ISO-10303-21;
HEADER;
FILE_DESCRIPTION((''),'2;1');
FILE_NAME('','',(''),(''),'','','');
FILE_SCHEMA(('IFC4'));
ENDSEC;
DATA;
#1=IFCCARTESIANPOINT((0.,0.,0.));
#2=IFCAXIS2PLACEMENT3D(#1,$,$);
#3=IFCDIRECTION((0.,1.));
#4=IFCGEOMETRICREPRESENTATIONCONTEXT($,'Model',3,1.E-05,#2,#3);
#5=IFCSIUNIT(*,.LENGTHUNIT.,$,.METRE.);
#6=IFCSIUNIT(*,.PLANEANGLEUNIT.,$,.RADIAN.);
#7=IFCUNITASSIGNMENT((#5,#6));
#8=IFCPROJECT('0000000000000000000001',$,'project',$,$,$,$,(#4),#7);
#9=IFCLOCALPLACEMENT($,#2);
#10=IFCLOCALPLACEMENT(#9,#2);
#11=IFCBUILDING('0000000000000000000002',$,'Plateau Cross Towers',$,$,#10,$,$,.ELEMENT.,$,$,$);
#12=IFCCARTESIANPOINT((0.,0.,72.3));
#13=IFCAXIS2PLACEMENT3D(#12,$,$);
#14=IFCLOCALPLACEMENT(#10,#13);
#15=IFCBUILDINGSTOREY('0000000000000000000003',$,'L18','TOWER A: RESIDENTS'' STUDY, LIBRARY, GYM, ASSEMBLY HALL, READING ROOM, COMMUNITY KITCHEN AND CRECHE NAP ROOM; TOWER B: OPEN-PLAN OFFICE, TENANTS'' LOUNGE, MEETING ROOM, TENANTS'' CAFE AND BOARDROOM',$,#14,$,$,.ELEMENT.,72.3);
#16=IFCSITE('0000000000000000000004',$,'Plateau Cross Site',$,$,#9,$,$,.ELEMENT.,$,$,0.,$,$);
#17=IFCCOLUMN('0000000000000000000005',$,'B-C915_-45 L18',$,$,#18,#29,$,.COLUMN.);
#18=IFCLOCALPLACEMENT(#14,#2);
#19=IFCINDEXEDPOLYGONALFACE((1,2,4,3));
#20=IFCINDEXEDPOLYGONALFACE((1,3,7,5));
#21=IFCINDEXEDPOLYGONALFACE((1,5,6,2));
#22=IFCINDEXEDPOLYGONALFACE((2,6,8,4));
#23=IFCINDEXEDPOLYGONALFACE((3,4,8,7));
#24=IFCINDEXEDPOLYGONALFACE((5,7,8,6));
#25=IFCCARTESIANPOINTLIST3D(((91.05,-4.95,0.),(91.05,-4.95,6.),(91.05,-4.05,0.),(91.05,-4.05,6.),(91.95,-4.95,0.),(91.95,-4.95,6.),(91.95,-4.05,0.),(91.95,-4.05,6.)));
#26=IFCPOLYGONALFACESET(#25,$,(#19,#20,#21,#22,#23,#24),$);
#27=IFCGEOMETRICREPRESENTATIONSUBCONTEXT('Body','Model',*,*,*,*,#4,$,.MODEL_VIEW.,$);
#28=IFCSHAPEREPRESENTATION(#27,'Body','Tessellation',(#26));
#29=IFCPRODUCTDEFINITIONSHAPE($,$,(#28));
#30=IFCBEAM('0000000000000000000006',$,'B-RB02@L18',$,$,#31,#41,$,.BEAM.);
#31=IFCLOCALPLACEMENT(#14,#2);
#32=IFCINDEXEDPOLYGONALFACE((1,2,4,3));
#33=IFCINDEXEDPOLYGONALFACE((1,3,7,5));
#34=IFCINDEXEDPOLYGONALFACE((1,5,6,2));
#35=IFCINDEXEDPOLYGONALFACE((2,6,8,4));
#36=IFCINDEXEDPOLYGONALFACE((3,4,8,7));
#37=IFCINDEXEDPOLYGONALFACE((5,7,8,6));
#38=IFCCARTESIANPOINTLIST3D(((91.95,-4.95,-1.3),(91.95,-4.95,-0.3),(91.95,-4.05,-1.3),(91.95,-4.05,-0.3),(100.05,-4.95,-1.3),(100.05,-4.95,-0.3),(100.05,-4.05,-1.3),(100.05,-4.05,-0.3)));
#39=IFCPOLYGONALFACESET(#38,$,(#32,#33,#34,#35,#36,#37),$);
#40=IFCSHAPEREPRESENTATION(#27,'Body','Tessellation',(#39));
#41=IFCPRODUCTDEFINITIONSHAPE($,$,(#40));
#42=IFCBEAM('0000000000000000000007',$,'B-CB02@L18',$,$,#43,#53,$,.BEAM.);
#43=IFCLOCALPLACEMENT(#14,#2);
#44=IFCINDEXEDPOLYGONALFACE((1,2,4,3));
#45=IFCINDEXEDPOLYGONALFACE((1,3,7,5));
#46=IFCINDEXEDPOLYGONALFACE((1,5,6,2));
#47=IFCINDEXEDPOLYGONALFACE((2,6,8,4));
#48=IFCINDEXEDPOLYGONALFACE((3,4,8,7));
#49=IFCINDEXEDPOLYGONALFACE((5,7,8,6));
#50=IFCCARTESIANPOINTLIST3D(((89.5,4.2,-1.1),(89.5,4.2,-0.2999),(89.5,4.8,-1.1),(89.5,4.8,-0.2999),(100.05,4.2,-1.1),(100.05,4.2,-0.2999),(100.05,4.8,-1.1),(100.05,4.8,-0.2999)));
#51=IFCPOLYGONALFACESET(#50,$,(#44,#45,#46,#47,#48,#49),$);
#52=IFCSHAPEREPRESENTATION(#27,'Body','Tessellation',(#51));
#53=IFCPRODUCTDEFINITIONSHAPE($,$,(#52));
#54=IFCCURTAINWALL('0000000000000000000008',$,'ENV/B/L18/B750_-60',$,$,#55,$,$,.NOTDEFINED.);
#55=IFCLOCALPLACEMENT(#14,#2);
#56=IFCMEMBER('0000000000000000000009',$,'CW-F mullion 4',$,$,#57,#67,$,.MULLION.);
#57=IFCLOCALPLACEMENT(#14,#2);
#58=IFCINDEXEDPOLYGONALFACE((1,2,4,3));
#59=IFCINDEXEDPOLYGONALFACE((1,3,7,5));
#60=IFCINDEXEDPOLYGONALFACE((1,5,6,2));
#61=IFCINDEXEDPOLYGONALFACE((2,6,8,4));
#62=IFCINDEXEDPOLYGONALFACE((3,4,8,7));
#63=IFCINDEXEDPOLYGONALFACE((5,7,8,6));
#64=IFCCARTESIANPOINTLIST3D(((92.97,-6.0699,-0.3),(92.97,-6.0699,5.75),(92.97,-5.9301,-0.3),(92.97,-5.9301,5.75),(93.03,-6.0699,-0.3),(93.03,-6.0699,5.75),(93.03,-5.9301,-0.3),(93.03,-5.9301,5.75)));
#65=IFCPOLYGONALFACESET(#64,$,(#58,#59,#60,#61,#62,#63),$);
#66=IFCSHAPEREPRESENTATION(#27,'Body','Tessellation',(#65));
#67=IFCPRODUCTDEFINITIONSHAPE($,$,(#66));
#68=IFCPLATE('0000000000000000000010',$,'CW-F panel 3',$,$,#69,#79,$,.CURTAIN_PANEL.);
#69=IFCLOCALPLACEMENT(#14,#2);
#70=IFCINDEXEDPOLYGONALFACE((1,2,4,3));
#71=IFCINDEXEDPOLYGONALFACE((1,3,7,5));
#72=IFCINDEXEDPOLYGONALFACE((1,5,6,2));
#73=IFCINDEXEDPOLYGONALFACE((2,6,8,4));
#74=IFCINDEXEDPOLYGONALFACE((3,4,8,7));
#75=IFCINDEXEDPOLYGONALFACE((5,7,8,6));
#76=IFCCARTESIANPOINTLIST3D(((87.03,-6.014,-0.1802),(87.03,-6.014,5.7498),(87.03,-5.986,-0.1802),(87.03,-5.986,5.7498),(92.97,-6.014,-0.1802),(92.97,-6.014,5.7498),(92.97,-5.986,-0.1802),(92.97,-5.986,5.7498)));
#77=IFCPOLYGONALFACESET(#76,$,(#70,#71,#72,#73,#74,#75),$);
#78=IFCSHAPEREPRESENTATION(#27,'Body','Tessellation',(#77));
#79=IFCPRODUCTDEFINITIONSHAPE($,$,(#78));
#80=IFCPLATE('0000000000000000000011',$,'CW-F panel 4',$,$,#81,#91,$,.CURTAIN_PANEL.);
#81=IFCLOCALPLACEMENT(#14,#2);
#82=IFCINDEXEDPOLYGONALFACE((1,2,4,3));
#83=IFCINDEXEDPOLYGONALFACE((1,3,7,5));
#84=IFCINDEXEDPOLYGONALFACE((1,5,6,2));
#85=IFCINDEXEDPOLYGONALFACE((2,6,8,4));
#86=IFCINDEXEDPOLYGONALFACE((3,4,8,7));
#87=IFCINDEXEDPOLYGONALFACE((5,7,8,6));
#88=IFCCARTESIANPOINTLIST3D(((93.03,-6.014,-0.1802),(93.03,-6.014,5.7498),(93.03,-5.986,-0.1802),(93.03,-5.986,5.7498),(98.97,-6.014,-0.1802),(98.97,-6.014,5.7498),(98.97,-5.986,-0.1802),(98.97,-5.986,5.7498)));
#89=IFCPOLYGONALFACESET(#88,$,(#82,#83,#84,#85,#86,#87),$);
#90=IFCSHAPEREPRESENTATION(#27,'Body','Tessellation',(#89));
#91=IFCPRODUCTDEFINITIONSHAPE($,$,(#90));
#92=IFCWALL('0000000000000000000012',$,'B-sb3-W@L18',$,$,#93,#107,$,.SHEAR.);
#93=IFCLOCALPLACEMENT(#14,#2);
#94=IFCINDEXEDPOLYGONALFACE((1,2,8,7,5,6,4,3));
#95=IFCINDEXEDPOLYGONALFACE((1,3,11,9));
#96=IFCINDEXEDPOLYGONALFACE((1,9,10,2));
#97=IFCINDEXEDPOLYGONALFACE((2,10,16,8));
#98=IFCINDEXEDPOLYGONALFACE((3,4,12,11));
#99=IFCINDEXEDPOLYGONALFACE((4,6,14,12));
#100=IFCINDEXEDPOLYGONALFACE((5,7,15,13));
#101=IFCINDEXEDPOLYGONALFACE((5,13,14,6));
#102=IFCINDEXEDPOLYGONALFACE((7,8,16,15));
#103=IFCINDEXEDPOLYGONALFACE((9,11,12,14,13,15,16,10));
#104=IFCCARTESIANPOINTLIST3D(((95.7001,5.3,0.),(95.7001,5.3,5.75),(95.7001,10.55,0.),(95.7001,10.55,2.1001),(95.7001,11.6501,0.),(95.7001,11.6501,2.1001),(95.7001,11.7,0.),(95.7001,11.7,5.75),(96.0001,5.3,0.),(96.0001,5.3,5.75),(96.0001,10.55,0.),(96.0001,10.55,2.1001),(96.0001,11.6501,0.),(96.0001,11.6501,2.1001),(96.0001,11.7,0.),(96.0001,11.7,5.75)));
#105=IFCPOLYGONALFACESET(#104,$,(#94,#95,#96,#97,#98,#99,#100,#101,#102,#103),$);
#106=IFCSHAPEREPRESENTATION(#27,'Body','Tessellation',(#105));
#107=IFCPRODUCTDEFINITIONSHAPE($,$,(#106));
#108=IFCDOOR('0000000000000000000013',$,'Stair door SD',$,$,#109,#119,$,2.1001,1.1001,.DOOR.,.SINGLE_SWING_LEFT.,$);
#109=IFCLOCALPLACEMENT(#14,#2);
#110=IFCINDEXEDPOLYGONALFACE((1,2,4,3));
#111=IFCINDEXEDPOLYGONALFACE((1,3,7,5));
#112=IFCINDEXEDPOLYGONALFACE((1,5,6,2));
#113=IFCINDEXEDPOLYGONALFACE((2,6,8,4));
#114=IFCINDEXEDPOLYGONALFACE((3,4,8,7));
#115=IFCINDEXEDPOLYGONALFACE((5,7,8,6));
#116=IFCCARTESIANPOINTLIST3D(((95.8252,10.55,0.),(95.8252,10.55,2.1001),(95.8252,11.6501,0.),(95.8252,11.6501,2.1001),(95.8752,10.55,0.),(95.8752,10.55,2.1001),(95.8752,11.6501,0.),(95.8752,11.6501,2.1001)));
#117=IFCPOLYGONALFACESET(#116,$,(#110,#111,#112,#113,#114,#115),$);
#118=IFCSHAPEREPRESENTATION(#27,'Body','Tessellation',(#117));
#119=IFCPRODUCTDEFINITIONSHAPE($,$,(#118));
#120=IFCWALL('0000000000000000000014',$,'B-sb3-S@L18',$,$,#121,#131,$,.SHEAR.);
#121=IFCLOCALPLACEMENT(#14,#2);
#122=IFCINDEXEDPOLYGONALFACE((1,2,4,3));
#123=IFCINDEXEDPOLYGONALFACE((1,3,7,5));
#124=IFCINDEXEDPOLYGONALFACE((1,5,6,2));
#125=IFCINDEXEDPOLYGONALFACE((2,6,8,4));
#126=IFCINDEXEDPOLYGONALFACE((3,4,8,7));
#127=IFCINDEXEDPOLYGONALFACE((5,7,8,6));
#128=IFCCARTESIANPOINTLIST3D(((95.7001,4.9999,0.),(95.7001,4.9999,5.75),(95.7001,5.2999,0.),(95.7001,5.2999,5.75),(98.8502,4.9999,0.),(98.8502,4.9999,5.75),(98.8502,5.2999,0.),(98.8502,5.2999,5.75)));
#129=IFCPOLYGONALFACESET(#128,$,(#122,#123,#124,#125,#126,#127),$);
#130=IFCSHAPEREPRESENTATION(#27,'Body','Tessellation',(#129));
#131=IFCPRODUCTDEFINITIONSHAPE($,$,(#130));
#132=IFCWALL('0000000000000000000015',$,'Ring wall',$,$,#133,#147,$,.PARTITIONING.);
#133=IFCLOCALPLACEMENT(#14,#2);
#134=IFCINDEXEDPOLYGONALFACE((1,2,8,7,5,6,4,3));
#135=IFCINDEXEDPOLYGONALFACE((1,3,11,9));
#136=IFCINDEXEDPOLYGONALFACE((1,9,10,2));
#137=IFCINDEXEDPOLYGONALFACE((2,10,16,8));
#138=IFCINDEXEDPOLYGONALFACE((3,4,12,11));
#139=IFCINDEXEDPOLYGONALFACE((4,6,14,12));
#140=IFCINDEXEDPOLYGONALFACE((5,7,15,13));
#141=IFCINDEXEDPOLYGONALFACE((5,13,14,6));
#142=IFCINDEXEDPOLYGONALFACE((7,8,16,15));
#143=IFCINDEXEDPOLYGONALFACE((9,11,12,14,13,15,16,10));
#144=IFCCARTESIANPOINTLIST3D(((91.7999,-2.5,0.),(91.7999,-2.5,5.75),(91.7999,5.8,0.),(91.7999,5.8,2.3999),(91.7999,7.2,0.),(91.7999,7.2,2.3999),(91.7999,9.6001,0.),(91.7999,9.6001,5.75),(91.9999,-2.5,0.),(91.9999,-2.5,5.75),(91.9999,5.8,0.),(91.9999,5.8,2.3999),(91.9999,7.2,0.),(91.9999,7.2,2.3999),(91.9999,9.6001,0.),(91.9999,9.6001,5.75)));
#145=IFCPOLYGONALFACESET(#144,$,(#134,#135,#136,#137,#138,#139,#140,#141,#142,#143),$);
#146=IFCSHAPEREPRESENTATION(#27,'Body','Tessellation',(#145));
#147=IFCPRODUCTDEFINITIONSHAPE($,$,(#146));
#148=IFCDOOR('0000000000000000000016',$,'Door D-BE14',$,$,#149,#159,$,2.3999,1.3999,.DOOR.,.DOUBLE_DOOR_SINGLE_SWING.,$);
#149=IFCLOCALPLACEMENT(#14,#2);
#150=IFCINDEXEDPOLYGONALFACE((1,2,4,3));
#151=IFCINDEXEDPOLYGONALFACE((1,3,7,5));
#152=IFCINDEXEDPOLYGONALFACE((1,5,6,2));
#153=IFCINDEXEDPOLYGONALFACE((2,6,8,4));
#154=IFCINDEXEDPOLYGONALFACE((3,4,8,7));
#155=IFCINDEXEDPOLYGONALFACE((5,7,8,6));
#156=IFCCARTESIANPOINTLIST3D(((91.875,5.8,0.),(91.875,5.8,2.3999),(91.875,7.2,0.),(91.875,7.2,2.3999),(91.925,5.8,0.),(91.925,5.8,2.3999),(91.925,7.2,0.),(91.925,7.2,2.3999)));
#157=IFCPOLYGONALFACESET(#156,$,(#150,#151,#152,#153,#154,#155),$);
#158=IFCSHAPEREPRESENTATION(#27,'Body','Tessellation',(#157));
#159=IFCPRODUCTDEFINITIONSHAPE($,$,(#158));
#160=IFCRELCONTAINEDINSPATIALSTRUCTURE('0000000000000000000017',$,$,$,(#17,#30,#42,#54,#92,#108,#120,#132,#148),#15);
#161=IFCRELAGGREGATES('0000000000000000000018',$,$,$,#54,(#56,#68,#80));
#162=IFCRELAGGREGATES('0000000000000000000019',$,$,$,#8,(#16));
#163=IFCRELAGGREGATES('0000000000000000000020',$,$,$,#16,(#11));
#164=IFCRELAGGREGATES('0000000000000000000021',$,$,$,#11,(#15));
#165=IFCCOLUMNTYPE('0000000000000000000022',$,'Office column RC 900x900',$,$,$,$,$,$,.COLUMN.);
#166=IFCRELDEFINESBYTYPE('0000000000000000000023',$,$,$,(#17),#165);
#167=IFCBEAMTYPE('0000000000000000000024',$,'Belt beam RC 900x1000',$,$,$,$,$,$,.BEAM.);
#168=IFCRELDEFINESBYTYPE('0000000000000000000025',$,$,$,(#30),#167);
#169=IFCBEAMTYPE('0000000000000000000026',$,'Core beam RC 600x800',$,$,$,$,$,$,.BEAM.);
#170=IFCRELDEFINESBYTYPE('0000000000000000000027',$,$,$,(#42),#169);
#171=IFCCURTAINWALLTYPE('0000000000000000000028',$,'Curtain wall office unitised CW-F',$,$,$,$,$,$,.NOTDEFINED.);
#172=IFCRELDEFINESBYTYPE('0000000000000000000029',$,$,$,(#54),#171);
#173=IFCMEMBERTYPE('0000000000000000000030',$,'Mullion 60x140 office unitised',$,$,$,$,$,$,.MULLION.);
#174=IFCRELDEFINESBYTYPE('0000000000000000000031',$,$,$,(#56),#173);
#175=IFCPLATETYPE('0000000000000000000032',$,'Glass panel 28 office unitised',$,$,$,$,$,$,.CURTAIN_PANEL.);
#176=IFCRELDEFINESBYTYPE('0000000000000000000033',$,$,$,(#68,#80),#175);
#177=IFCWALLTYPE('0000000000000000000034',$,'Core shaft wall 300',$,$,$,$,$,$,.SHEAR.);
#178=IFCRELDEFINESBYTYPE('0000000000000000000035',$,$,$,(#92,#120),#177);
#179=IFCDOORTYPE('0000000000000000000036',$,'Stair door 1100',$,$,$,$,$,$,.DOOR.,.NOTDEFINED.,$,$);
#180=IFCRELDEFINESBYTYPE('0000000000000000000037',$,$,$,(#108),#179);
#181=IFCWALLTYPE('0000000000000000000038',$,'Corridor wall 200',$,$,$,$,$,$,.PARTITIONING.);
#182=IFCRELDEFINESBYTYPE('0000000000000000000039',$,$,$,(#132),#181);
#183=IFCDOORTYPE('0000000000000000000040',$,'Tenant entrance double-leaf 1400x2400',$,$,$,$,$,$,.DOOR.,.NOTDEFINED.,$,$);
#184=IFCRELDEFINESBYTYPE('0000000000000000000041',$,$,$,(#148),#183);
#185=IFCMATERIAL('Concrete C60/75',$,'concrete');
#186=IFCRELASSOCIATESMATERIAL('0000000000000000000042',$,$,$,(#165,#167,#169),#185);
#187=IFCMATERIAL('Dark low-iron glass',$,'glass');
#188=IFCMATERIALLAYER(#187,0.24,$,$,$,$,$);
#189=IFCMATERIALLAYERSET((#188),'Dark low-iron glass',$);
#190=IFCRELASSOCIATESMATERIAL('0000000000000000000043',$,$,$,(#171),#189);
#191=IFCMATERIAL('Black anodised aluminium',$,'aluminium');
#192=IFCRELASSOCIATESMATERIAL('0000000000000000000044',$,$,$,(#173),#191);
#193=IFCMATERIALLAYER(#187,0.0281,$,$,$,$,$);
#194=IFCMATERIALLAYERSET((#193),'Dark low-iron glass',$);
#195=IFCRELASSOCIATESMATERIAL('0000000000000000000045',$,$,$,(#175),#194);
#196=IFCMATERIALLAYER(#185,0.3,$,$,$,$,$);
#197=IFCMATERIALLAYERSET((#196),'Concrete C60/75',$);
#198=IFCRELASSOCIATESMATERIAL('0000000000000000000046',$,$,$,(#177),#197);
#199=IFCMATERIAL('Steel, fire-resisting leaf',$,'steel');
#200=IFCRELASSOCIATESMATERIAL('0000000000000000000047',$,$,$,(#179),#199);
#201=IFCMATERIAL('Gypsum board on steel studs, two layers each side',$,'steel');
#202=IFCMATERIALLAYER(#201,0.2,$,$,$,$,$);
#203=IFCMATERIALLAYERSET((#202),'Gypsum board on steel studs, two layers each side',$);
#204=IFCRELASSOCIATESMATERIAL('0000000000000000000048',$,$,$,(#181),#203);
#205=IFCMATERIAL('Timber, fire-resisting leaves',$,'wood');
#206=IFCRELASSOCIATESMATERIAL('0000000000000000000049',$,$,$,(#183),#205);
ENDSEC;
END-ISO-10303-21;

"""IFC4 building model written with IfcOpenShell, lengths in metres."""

from ifc_helpers import new_model, si_unit, direction, frame, frame_2d, origin, origin_2d, place, context, subcontext, project, spatial, rectangle, extrude, material, layer, layer_set, material_profile, profile_set, type_object, element, fill, aggregate, save


model = new_model("IFC4")

# Units and contexts
model_context = context("Model", 3, precision=1e-05, world=origin(), true_north=direction((0.0, 1.0)))
body_context = subcontext(model_context, "Body", "Model", "MODEL_VIEW")
ifc_project = project(units=[si_unit("LENGTHUNIT", "METRE"), si_unit("PLANEANGLEUNIT", "RADIAN")], contexts=[model_context])

# Site, building, storey
site_placement = place(None, origin())
site = spatial("IfcSite", under=ifc_project, at=site_placement, Name="Plateau Cross Site", CompositionType="ELEMENT", RefElevation=0.0)
building_placement = place(site_placement, origin())
building = spatial("IfcBuilding", under=site, at=building_placement, Name="Plateau Cross Towers", CompositionType="ELEMENT")
storey_placement = place(building_placement, frame((0.0, 0.0, 72.3)))
storey = spatial("IfcBuildingStorey", under=building, at=storey_placement, Name="L18", Description="TOWER A: RESIDENTS' STUDY, LIBRARY, GYM, ASSEMBLY HALL, READING ROOM, COMMUNITY KITCHEN AND CRECHE NAP ROOM; TOWER B: OPEN-PLAN OFFICE, TENANTS' LOUNGE, MEETING ROOM, TENANTS' CAFE AND BOARDROOM", CompositionType="ELEMENT", Elevation=72.3)

# Column
ifc_material_1 = material(Name="Concrete C60/75", Category="concrete")
ifc_material_profile_1 = material_profile(ifc_material_1, rectangle(XDim=0.8999, YDim=0.8999, at=origin_2d()), Name="RC 900x900")
ifc_profile_set_1 = profile_set([ifc_material_profile_1], Name="Concrete C60/75")
column_type = type_object("IfcColumnType", Name="Office column RC 900x900", PredefinedType="COLUMN", material=ifc_profile_set_1)
column_placement = place(storey_placement, frame((91.5, -4.5, 0.0), z_axis=(0.0, 0.0, 1.0), x_axis=(1.0, 0.0, 0.0)))
element("IfcColumn", 1, at=column_placement, inside=storey, type_object=column_type, Name="B-C915_-45 L18", PredefinedType="COLUMN", context=body_context, shape_type="SweptSolid", body=[
    extrude(rectangle(XDim=0.8999, YDim=0.8999, at=origin_2d()), origin(), (0.0, 0.0, 1.0), 6.0),
])

# Beams
ifc_material_profile_2 = material_profile(ifc_material_1, rectangle(XDim=0.8999, YDim=1.0, at=origin_2d()), Name="RC 900x1000")
ifc_profile_set_2 = profile_set([ifc_material_profile_2], Name="Concrete C60/75")
beam_type_1 = type_object("IfcBeamType", Name="Belt beam RC 900x1000", PredefinedType="BEAM", material=ifc_profile_set_2)
beam_1_placement = place(storey_placement, frame((91.95, -4.5, -0.8), z_axis=(1.0, 0.0, 0.0), x_axis=(0.0, 1.0, 0.0)))
element("IfcBeam", 2, at=beam_1_placement, inside=storey, type_object=beam_type_1, Name="B-RB02@L18", PredefinedType="BEAM", context=body_context, shape_type="SweptSolid", body=[
    extrude(rectangle(XDim=0.8999, YDim=1.0, at=origin_2d()), origin(), (0.0, 0.0, 1.0), 8.1001),
])
ifc_material_profile_3 = material_profile(ifc_material_1, rectangle(XDim=0.6001, YDim=0.8, at=origin_2d()), Name="RC 600x800")
ifc_profile_set_3 = profile_set([ifc_material_profile_3], Name="Concrete C60/75")
beam_type_2 = type_object("IfcBeamType", Name="Core beam RC 600x800", PredefinedType="BEAM", material=ifc_profile_set_3)
beam_2_placement = place(storey_placement, frame((89.5, 4.5, -0.7), z_axis=(1.0, 0.0, 0.0), x_axis=(0.0, 1.0, 0.0)))
element("IfcBeam", 3, at=beam_2_placement, inside=storey, type_object=beam_type_2, Name="B-CB02@L18", PredefinedType="BEAM", context=body_context, shape_type="SweptSolid", body=[
    extrude(rectangle(XDim=0.6001, YDim=0.8, at=origin_2d()), origin(), (0.0, 0.0, 1.0), 10.55),
])

# Curtain wall, member, plates
ifc_material_2 = material(Name="Dark low-iron glass", Category="glass")
ifc_layer_1 = layer(ifc_material_2, 0.24)
ifc_layer_set_1 = layer_set([ifc_layer_1], Name="Dark low-iron glass")
curtain_wall_type = type_object("IfcCurtainWallType", Name="Curtain wall office unitised CW-F", PredefinedType="NOTDEFINED", material=ifc_layer_set_1)
curtain_wall_placement = place(storey_placement, origin())
curtain_wall = element("IfcCurtainWall", 4, at=curtain_wall_placement, inside=storey, type_object=curtain_wall_type, Name="ENV/B/L18/B750_-60", PredefinedType="NOTDEFINED")
ifc_material_3 = material(Name="Black anodised aluminium", Category="aluminium")
ifc_material_profile_4 = material_profile(ifc_material_3, rectangle(XDim=0.0601, YDim=0.1399, at=origin_2d()), Name="MULLION 60x140")
ifc_profile_set_4 = profile_set([ifc_material_profile_4], Name="Black anodised aluminium")
member_type = type_object("IfcMemberType", Name="Mullion 60x140 office unitised", PredefinedType="MULLION", material=ifc_profile_set_4)
member_placement = place(storey_placement, frame((93.0, -6.0, -0.3), z_axis=(0.0, 0.0, 1.0), x_axis=(1.0, 0.0, 0.0)))
member = element("IfcMember", 5, at=member_placement, type_object=member_type, Name="CW-F mullion 4", PredefinedType="MULLION", context=body_context, shape_type="SweptSolid", body=[
    extrude(rectangle(XDim=0.0601, YDim=0.1399, at=origin_2d()), origin(), (0.0, 0.0, 1.0), 6.05),
])
ifc_layer_2 = layer(ifc_material_2, 0.0281)
ifc_layer_set_2 = layer_set([ifc_layer_2], Name="Dark low-iron glass")
plate_type = type_object("IfcPlateType", Name="Glass panel 28 office unitised", PredefinedType="CURTAIN_PANEL", material=ifc_layer_set_2)
plate_1_placement = place(storey_placement, frame((90.0, -6.0, -0.1802), z_axis=(0.0, 0.0, 1.0), x_axis=(1.0, 0.0, 0.0)))
plate_1 = element("IfcPlate", 6, at=plate_1_placement, type_object=plate_type, Name="CW-F panel 3", PredefinedType="CURTAIN_PANEL", context=body_context, shape_type="SweptSolid", body=[
    extrude(rectangle(XDim=5.9399, YDim=0.0281, at=origin_2d()), origin(), (0.0, 0.0, 1.0), 5.9299),
])
plate_2_placement = place(storey_placement, frame((96.0, -6.0, -0.1802), z_axis=(0.0, 0.0, 1.0), x_axis=(1.0, 0.0, 0.0)))
plate_2 = element("IfcPlate", 7, at=plate_2_placement, type_object=plate_type, Name="CW-F panel 4", PredefinedType="CURTAIN_PANEL", context=body_context, shape_type="SweptSolid", body=[
    extrude(rectangle(XDim=5.9399, YDim=0.0281, at=origin_2d()), origin(), (0.0, 0.0, 1.0), 5.9299),
])
aggregate(curtain_wall, [member, plate_1, plate_2])

# Wall, opening, door
ifc_layer_3 = layer(ifc_material_1, 0.3)
ifc_layer_set_3 = layer_set([ifc_layer_3], Name="Concrete C60/75")
wall_type_1 = type_object("IfcWallType", Name="Core shaft wall 300", PredefinedType="SHEAR", material=ifc_layer_set_3)
wall_1_placement = place(storey_placement, frame((95.8501, 5.3, 0.0), z_axis=(0.0, 0.0, 1.0), x_axis=(0.0, 1.0, 0.0)))
wall_1 = element("IfcWall", 8, at=wall_1_placement, inside=storey, type_object=wall_type_1, Name="B-sb3-W@L18", PredefinedType="SHEAR", context=body_context, shape_type="SweptSolid", body=[
    extrude(rectangle(XDim=6.3999, YDim=0.3, at=frame_2d((3.2, 0.0))), origin(), (0.0, 0.0, 1.0), 5.75),
])
opening_1_placement = place(wall_1_placement, frame((5.25, 0.0, 0.0)))
opening_1 = element("IfcOpeningElement", 9, at=opening_1_placement, cuts=wall_1, PredefinedType="OPENING", context=body_context, shape_type="SweptSolid", body=[
    extrude(rectangle(XDim=1.1001, YDim=2.1001, at=frame_2d((0.55, 1.05))), frame((0.0, 0.1599, 0.0), z_axis=(0.0, -1.0, 0.0), x_axis=(1.0, 0.0, 0.0)), (0.0, 0.0, 1.0), 0.3201),
])
ifc_material_4 = material(Name="Steel, fire-resisting leaf", Category="steel")
door_type_1 = type_object("IfcDoorType", Name="Stair door 1100", OperationType="NOTDEFINED", PredefinedType="DOOR", material=ifc_material_4)
door_1_placement = place(opening_1_placement, origin())
door_1 = element("IfcDoor", 10, at=door_1_placement, inside=storey, type_object=door_type_1, Name="Stair door SD", OperationType="SINGLE_SWING_LEFT", OverallHeight=2.1001, OverallWidth=1.1001, PredefinedType="DOOR", context=body_context, shape_type="SweptSolid", body=[
    extrude(rectangle(XDim=1.1001, YDim=2.1001, at=frame_2d((0.55, 1.05))), frame((0.0, 0.0249, 0.0), z_axis=(0.0, -1.0, 0.0), x_axis=(1.0, 0.0, 0.0)), (0.0, 0.0, 1.0), 0.05),
])
fill(opening_1, door_1)

# Wall
wall_2_placement = place(storey_placement, frame((95.7, 5.1499, 0.0), z_axis=(0.0, 0.0, 1.0), x_axis=(1.0, 0.0, 0.0)))
element("IfcWall", 11, at=wall_2_placement, inside=storey, type_object=wall_type_1, Name="B-sb3-S@L18", PredefinedType="SHEAR", context=body_context, shape_type="SweptSolid", body=[
    extrude(rectangle(XDim=3.1501, YDim=0.3, at=frame_2d((1.5752, 0.0))), origin(), (0.0, 0.0, 1.0), 5.75),
])

# Wall, opening, door
ifc_material_5 = material(Name="Gypsum board on steel studs, two layers each side", Category="steel")
ifc_layer_4 = layer(ifc_material_5, 0.2)
ifc_layer_set_4 = layer_set([ifc_layer_4], Name="Gypsum board on steel studs, two layers each side")
wall_type_2 = type_object("IfcWallType", Name="Corridor wall 200", PredefinedType="PARTITIONING", material=ifc_layer_set_4)
wall_3_placement = place(storey_placement, frame((91.8999, -2.5, 0.0), z_axis=(0.0, 0.0, 1.0), x_axis=(0.0, 1.0, 0.0)))
wall_3 = element("IfcWall", 12, at=wall_3_placement, inside=storey, type_object=wall_type_2, Name="Ring wall", PredefinedType="PARTITIONING", context=body_context, shape_type="SweptSolid", body=[
    extrude(rectangle(XDim=12.1001, YDim=0.2, at=frame_2d((6.05, 0.0))), origin(), (0.0, 0.0, 1.0), 5.75),
])
opening_2_placement = place(wall_3_placement, frame((8.3, 0.0, 0.0)))
opening_2 = element("IfcOpeningElement", 13, at=opening_2_placement, cuts=wall_3, PredefinedType="OPENING", context=body_context, shape_type="SweptSolid", body=[
    extrude(rectangle(XDim=1.3999, YDim=2.3999, at=frame_2d((0.7, 1.2))), frame((0.0, 0.1099, 0.0), z_axis=(0.0, -1.0, 0.0), x_axis=(1.0, 0.0, 0.0)), (0.0, 0.0, 1.0), 0.22),
])
ifc_material_6 = material(Name="Timber, fire-resisting leaves", Category="wood")
door_type_2 = type_object("IfcDoorType", Name="Tenant entrance double-leaf 1400x2400", OperationType="NOTDEFINED", PredefinedType="DOOR", material=ifc_material_6)
door_2_placement = place(opening_2_placement, origin())
door_2 = element("IfcDoor", 14, at=door_2_placement, inside=storey, type_object=door_type_2, Name="Door D-BE14", OperationType="DOUBLE_DOOR_SINGLE_SWING", OverallHeight=2.3999, OverallWidth=1.3999, PredefinedType="DOOR", context=body_context, shape_type="SweptSolid", body=[
    extrude(rectangle(XDim=1.3999, YDim=2.3999, at=frame_2d((0.7, 1.2))), frame((0.0, 0.0249, 0.0), z_axis=(0.0, -1.0, 0.0), x_axis=(1.0, 0.0, 0.0)), (0.0, 0.0, 1.0), 0.05),
])
fill(opening_2, door_2)

save(model, "model.ifc")
